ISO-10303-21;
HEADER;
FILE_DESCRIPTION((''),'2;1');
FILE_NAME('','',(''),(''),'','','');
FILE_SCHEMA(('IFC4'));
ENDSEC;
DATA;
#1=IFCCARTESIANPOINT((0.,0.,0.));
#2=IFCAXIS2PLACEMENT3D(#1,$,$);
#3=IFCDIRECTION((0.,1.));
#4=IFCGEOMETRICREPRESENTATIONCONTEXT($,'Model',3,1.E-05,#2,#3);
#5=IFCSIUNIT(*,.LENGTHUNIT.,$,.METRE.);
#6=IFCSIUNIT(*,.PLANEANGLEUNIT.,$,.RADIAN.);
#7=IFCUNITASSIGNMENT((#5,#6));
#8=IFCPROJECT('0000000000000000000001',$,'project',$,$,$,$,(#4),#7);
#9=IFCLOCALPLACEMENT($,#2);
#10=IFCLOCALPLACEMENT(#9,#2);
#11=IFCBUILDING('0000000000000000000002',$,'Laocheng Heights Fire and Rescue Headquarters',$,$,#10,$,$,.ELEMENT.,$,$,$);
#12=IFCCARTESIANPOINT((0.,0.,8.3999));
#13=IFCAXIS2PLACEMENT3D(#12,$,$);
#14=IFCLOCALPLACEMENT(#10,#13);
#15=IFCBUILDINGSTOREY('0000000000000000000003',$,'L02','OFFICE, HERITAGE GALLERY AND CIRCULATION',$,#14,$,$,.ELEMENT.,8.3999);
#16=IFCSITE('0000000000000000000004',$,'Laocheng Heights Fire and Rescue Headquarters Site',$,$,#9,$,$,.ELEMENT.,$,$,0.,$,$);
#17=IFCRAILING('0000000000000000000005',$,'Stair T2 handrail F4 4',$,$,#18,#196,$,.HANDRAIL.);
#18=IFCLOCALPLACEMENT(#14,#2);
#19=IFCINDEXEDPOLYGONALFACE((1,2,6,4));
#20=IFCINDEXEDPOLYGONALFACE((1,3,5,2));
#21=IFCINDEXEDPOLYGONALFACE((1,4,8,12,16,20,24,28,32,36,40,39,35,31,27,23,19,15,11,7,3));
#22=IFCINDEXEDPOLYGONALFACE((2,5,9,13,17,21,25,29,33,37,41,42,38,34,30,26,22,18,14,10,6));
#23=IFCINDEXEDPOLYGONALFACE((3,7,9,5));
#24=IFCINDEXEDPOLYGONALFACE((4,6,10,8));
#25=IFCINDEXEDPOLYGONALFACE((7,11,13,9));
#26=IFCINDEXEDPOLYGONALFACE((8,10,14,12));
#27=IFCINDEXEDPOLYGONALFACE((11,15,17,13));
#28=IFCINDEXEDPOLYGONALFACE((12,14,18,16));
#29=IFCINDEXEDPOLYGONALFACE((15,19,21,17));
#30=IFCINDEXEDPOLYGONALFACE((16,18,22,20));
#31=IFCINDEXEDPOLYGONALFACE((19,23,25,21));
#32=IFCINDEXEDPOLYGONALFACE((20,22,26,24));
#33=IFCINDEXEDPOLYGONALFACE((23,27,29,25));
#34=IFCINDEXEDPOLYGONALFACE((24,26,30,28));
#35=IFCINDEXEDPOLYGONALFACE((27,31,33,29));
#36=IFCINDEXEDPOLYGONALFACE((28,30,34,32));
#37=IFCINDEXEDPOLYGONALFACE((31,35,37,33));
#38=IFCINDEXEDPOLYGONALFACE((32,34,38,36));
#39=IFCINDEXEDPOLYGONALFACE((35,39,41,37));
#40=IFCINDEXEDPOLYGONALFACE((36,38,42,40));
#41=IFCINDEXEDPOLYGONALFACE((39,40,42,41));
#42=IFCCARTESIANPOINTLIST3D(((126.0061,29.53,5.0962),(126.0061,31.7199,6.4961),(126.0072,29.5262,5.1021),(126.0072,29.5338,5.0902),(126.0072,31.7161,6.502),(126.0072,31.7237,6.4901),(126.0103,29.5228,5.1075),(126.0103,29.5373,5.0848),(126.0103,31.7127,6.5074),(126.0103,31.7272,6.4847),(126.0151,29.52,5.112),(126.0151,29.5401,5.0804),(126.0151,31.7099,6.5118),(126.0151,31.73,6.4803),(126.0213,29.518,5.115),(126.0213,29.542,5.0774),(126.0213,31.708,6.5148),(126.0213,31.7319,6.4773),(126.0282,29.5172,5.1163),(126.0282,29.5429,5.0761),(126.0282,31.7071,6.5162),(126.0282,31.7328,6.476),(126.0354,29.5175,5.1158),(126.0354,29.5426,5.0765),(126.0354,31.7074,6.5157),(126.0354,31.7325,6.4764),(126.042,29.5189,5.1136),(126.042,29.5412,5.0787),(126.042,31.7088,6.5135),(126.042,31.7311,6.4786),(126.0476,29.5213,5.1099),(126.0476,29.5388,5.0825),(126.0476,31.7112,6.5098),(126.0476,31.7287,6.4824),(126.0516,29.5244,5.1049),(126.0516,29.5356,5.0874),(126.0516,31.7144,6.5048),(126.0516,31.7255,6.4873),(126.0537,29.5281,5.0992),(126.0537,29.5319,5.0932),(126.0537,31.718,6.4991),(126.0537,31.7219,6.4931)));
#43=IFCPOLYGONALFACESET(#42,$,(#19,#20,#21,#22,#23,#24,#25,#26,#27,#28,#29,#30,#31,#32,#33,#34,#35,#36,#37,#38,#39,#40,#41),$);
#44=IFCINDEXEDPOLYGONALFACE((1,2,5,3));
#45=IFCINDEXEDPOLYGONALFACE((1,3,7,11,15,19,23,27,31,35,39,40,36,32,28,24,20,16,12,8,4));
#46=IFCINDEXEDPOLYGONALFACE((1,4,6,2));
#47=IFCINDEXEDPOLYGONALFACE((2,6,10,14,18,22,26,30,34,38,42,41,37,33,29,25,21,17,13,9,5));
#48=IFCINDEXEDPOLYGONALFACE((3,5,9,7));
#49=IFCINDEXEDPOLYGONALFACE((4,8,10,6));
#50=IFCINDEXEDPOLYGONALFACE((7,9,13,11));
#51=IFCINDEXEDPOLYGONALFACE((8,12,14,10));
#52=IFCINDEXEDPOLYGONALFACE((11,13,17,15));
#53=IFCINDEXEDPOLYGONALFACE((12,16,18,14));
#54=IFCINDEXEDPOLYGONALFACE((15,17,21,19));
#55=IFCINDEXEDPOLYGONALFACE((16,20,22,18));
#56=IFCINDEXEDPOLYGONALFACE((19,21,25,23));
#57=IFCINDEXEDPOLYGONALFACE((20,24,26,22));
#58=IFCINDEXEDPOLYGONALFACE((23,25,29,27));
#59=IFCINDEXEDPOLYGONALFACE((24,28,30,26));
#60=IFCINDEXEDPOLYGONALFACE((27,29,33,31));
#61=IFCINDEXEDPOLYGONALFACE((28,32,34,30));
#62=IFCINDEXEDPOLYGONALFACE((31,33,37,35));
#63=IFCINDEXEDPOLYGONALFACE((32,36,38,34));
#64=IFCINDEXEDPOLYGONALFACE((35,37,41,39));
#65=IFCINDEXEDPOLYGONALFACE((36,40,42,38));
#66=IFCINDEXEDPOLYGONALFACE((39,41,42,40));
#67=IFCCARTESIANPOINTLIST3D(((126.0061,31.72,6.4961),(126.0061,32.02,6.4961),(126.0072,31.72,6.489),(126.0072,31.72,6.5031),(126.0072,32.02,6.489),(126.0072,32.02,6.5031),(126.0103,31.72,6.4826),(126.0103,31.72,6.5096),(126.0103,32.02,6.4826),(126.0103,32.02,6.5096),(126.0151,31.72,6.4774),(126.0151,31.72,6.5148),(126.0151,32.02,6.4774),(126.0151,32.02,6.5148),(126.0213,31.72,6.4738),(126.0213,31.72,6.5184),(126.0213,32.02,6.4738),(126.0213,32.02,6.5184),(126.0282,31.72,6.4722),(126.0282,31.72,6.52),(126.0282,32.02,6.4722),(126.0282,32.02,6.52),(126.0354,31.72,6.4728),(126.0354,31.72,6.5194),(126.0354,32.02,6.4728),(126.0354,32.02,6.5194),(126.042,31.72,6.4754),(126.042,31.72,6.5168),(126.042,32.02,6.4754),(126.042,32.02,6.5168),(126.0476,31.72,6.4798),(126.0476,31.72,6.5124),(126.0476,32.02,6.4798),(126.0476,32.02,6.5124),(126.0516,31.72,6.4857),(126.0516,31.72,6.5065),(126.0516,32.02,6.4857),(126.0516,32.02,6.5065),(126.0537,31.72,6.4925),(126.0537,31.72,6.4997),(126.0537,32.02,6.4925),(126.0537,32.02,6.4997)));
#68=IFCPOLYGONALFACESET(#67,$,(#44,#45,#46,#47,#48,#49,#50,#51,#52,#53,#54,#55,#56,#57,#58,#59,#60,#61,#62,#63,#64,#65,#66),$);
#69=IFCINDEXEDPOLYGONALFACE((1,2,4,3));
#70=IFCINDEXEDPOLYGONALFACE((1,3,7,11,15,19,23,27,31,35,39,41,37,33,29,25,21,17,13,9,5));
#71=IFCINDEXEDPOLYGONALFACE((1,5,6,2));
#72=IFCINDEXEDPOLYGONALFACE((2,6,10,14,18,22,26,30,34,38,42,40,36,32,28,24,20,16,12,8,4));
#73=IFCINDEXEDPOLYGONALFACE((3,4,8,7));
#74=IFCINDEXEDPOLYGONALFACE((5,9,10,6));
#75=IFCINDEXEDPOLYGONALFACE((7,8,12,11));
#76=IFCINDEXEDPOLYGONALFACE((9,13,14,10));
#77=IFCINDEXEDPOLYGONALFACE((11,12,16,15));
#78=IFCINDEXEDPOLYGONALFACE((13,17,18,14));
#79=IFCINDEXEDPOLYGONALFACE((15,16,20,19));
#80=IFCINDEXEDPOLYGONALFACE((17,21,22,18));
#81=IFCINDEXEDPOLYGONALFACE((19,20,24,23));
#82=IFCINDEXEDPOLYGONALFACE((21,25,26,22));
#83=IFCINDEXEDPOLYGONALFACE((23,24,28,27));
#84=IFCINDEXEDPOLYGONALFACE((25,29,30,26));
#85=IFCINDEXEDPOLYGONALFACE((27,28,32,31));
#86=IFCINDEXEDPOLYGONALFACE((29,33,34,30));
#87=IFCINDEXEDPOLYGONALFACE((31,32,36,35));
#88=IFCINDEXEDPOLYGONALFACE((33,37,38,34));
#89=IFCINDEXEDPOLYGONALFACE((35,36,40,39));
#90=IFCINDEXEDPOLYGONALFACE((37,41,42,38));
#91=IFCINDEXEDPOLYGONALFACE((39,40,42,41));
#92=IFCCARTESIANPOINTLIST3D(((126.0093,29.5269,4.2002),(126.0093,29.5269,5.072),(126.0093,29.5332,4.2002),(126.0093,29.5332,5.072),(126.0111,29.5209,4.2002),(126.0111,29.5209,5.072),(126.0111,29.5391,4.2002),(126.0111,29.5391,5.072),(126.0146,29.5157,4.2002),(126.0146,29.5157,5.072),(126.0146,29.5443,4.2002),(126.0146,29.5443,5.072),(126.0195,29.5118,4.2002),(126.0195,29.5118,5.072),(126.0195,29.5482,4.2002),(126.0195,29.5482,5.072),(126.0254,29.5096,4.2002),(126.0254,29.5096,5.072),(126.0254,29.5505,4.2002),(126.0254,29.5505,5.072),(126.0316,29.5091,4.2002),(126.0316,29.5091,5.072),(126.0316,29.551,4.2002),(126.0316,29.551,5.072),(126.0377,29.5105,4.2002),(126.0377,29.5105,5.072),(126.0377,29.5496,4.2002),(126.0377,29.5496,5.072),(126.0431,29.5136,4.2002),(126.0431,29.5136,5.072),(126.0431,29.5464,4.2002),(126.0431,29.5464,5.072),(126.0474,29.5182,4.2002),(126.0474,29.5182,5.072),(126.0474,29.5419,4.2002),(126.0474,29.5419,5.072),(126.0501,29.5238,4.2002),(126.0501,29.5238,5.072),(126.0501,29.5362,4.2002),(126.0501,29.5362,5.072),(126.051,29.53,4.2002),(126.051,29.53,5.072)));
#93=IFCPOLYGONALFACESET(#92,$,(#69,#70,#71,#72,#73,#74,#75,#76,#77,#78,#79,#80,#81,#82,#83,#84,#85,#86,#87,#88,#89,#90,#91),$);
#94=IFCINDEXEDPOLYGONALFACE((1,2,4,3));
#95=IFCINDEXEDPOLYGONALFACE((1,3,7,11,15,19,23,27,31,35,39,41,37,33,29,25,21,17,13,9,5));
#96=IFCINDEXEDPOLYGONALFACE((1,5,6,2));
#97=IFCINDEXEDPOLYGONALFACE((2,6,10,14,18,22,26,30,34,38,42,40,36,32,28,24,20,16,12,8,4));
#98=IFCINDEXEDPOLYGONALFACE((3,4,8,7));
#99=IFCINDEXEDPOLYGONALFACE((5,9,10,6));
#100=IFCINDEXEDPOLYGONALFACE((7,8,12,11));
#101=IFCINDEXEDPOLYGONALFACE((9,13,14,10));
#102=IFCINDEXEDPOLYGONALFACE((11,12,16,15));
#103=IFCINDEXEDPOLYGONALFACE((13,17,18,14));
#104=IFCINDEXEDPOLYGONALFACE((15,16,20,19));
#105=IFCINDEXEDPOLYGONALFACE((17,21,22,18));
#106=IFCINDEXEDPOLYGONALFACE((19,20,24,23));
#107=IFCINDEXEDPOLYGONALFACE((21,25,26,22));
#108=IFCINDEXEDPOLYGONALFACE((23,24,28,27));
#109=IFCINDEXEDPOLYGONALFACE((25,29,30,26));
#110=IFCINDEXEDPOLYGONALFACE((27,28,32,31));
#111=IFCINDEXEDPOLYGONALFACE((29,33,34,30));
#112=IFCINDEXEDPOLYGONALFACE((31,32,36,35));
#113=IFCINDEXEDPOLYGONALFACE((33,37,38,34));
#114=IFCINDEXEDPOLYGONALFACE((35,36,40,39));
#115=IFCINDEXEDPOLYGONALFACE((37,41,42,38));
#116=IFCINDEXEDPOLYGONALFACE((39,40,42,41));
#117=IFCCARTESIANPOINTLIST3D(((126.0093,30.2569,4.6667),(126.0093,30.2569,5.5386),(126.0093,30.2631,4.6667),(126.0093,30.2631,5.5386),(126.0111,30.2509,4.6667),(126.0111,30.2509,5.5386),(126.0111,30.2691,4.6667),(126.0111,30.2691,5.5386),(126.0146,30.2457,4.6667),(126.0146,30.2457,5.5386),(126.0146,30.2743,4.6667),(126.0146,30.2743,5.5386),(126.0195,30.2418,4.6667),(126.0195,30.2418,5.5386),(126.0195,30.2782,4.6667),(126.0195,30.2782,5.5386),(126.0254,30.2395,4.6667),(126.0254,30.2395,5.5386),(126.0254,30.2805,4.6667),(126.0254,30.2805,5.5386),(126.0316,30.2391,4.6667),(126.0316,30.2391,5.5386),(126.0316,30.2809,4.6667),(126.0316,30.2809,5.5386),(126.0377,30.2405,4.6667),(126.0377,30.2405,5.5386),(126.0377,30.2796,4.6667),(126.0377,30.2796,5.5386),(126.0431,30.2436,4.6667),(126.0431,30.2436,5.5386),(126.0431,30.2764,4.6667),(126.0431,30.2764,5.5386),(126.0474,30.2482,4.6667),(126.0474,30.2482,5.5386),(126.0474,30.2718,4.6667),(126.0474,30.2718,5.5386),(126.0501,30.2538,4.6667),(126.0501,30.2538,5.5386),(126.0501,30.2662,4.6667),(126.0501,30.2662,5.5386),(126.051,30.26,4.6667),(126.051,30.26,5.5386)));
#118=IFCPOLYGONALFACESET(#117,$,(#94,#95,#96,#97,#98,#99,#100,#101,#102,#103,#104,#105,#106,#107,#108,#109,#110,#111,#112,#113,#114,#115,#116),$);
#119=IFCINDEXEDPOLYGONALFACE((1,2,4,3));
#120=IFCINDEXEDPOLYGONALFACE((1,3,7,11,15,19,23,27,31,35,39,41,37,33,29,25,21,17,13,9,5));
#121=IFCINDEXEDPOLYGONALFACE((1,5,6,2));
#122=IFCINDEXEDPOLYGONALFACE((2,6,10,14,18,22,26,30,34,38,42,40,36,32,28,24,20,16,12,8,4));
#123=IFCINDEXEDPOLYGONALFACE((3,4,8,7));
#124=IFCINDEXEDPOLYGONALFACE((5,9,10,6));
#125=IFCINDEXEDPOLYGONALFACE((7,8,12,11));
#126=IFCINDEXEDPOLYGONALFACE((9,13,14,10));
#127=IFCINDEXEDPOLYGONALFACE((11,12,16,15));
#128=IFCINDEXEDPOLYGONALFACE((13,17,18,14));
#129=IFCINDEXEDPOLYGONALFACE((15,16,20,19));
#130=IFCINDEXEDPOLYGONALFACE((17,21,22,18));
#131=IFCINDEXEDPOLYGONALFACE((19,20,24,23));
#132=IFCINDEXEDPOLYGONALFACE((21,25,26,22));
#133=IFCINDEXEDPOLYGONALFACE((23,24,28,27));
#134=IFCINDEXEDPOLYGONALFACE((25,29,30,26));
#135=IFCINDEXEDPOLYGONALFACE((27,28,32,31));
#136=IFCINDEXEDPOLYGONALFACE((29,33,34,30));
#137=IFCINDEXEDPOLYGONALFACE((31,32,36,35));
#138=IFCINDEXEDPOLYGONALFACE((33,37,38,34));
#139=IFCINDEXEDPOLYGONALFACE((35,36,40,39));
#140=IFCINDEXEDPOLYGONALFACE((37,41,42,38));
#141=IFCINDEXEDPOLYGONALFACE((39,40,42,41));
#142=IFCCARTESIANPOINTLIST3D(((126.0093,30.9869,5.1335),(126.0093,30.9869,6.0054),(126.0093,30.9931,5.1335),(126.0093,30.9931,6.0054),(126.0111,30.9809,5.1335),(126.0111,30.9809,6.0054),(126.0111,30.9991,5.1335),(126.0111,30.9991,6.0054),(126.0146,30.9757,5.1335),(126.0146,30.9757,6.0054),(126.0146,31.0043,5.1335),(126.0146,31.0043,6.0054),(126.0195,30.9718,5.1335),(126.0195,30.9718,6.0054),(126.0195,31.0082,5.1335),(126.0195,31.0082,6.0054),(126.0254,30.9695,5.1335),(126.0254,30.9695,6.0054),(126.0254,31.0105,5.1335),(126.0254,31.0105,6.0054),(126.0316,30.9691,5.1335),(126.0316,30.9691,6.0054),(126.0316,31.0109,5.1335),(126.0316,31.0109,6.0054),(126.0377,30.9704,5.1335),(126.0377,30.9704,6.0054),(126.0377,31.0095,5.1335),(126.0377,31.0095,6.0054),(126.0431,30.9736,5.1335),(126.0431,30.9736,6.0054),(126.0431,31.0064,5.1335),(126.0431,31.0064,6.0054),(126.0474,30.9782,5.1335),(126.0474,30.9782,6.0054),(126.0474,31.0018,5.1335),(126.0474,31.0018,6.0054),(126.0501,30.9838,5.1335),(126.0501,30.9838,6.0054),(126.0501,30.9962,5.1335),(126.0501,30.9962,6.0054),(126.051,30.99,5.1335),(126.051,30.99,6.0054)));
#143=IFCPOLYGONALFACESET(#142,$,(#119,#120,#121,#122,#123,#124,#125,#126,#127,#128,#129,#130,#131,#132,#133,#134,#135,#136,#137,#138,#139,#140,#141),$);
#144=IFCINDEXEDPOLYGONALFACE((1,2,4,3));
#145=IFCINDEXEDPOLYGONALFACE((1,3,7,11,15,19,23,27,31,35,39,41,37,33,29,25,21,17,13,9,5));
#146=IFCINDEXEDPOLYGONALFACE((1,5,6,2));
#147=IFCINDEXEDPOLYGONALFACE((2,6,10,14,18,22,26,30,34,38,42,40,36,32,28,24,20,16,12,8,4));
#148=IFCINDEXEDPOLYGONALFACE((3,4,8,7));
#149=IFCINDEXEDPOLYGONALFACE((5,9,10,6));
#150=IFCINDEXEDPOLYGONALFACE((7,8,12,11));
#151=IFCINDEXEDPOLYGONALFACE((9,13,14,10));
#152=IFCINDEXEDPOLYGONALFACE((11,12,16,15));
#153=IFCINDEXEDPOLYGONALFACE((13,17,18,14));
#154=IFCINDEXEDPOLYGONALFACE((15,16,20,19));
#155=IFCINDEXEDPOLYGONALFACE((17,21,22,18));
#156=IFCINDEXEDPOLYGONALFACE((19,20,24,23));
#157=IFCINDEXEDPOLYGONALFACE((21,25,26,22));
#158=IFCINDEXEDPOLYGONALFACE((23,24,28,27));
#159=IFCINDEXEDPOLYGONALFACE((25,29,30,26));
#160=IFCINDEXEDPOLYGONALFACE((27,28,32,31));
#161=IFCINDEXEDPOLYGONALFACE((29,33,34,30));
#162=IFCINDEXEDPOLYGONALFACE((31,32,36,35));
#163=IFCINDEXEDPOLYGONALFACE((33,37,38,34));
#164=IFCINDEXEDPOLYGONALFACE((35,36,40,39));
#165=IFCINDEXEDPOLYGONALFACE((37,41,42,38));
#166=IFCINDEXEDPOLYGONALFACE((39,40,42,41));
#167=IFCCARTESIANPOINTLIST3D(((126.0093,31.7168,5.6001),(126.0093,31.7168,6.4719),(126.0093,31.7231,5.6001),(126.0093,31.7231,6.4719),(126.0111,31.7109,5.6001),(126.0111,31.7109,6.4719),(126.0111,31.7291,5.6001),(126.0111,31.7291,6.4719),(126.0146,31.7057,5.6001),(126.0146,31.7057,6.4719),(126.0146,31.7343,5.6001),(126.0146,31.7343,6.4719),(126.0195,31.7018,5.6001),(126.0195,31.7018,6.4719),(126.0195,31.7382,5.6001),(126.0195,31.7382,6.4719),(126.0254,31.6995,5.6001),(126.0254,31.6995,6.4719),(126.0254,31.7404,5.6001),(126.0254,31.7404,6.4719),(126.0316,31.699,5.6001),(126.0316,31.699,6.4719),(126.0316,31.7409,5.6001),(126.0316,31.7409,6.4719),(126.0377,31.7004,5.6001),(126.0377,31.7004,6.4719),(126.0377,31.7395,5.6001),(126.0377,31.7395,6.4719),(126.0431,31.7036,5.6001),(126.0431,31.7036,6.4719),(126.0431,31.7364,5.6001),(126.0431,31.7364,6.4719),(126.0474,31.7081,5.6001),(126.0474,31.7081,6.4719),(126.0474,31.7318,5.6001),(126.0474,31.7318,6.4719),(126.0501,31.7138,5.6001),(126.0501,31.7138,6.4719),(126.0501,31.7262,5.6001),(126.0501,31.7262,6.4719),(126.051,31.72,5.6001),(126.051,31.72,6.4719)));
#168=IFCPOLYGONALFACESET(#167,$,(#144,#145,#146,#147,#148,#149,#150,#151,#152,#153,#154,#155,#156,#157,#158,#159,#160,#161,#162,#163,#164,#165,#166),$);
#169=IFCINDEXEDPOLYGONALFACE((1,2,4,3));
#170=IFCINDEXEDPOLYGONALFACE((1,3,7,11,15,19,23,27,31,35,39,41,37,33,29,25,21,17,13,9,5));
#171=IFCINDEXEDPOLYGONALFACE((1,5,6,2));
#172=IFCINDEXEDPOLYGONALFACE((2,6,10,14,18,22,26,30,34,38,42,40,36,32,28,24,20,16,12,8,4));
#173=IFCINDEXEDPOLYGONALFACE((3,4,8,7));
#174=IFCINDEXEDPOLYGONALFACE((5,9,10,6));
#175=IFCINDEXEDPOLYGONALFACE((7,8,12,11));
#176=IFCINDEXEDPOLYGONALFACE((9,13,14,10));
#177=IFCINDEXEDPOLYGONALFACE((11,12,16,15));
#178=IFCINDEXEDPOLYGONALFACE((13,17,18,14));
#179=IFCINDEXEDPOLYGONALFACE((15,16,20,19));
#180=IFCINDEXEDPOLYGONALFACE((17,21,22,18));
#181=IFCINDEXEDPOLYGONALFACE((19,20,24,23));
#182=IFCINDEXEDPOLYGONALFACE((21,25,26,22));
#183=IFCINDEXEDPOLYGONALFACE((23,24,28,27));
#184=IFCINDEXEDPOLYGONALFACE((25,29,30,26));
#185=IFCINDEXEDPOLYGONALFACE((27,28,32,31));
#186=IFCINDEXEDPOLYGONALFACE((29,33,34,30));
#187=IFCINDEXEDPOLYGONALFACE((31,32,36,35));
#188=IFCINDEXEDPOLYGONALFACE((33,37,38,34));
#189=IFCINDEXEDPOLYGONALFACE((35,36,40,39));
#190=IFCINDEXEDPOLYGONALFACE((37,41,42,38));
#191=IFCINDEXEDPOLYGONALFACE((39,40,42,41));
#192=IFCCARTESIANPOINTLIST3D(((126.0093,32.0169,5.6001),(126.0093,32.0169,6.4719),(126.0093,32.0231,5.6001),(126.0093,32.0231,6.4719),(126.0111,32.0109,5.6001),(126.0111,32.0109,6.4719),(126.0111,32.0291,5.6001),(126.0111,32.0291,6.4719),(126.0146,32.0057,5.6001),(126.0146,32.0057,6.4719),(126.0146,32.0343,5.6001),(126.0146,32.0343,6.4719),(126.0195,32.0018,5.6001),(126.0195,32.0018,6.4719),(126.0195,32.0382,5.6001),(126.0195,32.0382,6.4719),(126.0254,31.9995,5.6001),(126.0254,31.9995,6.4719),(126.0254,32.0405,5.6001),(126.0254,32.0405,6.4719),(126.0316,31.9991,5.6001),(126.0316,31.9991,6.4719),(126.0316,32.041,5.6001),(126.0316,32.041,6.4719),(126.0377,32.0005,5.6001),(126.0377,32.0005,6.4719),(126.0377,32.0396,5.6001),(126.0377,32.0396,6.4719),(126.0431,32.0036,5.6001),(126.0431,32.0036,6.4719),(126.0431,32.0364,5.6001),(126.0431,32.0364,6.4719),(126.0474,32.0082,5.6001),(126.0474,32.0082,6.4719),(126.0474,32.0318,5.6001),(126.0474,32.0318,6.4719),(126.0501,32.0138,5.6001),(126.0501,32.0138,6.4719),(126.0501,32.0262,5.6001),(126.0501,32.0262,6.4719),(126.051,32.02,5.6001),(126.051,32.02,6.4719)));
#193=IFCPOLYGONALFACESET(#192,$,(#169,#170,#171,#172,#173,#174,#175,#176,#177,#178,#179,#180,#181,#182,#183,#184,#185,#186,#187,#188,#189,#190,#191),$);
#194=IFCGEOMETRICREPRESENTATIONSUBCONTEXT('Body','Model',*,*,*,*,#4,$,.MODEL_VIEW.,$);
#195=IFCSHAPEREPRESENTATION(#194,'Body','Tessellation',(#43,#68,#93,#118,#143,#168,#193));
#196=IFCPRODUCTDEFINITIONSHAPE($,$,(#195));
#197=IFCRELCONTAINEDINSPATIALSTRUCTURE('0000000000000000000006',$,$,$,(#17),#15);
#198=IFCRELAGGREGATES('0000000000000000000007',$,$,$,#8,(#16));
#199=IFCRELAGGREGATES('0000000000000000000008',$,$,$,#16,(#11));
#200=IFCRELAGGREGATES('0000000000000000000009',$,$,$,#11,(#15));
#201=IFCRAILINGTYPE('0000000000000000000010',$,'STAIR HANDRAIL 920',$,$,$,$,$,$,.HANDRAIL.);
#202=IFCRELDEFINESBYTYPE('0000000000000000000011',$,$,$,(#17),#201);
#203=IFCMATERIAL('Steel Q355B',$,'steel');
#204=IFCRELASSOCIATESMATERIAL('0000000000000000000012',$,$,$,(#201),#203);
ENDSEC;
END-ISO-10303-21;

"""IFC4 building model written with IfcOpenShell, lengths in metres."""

from ifc_helpers import new_model, si_unit, direction, frame, origin, origin_2d, place, context, subcontext, project, spatial, circle, extrude, material, type_object, element, save


model = new_model("IFC4")

# Units and contexts
model_context = context("Model", 3, precision=1e-05, world=origin(), true_north=direction((0.0, 1.0)))
body_context = subcontext(model_context, "Body", "Model", "MODEL_VIEW")
ifc_project = project(units=[si_unit("LENGTHUNIT", "METRE"), si_unit("PLANEANGLEUNIT", "RADIAN")], contexts=[model_context])

# Site, building, storey
site_placement = place(None, origin())
site = spatial("IfcSite", under=ifc_project, at=site_placement, Name="Laocheng Heights Fire and Rescue Headquarters Site", CompositionType="ELEMENT", RefElevation=0.0)
building_placement = place(site_placement, origin())
building = spatial("IfcBuilding", under=site, at=building_placement, Name="Laocheng Heights Fire and Rescue Headquarters", CompositionType="ELEMENT")
storey_placement = place(building_placement, frame((0.0, 0.0, 8.3999)))
storey = spatial("IfcBuildingStorey", under=building, at=storey_placement, Name="L02", Description="OFFICE, HERITAGE GALLERY AND CIRCULATION", CompositionType="ELEMENT", Elevation=8.3999)

# Railing
ifc_material_1 = material(Name="Steel Q355B", Category="steel")
railing_type_1 = type_object("IfcRailingType", Name="STAIR HANDRAIL 920", PredefinedType="HANDRAIL", material=ifc_material_1)
railing_1_placement = place(storey_placement, frame((126.03, 29.53, 4.2002)))
element("IfcRailing", 1, at=railing_1_placement, inside=storey, type_object=railing_type_1, Name="Stair T2 handrail F4 4", PredefinedType="HANDRAIL", context=body_context, shape_type="SweptSolid", body=[
    extrude(circle(Radius=0.0239, at=origin_2d()), frame((0.0, 0.0, 0.896), z_axis=(0.0, 0.842561, 0.5386), x_axis=(-1.0, 0.0, 0.0)), (0.0, 0.0, 1.0), 2.5991),
    extrude(circle(Radius=0.0239, at=origin_2d()), frame((0.0, 2.1899, 2.2959), z_axis=(0.0, 1.0, 0.0), x_axis=(-1.0, 0.0, 0.0)), (0.0, 0.0, 1.0), 0.3),
    extrude(circle(Radius=0.021, at=origin_2d()), origin(), (0.0, 0.0, 1.0), 0.8718),
    extrude(circle(Radius=0.021, at=origin_2d()), frame((0.0, 0.73, 0.4666)), (0.0, 0.0, 1.0), 0.8718),
    extrude(circle(Radius=0.021, at=origin_2d()), frame((0.0, 1.46, 0.9333)), (0.0, 0.0, 1.0), 0.8718),
    extrude(circle(Radius=0.021, at=origin_2d()), frame((0.0, 2.1899, 1.3999)), (0.0, 0.0, 1.0), 0.8718),
    extrude(circle(Radius=0.021, at=origin_2d()), frame((0.0, 2.49, 1.3999)), (0.0, 0.0, 1.0), 0.8718),
])

save(model, "model.ifc")
